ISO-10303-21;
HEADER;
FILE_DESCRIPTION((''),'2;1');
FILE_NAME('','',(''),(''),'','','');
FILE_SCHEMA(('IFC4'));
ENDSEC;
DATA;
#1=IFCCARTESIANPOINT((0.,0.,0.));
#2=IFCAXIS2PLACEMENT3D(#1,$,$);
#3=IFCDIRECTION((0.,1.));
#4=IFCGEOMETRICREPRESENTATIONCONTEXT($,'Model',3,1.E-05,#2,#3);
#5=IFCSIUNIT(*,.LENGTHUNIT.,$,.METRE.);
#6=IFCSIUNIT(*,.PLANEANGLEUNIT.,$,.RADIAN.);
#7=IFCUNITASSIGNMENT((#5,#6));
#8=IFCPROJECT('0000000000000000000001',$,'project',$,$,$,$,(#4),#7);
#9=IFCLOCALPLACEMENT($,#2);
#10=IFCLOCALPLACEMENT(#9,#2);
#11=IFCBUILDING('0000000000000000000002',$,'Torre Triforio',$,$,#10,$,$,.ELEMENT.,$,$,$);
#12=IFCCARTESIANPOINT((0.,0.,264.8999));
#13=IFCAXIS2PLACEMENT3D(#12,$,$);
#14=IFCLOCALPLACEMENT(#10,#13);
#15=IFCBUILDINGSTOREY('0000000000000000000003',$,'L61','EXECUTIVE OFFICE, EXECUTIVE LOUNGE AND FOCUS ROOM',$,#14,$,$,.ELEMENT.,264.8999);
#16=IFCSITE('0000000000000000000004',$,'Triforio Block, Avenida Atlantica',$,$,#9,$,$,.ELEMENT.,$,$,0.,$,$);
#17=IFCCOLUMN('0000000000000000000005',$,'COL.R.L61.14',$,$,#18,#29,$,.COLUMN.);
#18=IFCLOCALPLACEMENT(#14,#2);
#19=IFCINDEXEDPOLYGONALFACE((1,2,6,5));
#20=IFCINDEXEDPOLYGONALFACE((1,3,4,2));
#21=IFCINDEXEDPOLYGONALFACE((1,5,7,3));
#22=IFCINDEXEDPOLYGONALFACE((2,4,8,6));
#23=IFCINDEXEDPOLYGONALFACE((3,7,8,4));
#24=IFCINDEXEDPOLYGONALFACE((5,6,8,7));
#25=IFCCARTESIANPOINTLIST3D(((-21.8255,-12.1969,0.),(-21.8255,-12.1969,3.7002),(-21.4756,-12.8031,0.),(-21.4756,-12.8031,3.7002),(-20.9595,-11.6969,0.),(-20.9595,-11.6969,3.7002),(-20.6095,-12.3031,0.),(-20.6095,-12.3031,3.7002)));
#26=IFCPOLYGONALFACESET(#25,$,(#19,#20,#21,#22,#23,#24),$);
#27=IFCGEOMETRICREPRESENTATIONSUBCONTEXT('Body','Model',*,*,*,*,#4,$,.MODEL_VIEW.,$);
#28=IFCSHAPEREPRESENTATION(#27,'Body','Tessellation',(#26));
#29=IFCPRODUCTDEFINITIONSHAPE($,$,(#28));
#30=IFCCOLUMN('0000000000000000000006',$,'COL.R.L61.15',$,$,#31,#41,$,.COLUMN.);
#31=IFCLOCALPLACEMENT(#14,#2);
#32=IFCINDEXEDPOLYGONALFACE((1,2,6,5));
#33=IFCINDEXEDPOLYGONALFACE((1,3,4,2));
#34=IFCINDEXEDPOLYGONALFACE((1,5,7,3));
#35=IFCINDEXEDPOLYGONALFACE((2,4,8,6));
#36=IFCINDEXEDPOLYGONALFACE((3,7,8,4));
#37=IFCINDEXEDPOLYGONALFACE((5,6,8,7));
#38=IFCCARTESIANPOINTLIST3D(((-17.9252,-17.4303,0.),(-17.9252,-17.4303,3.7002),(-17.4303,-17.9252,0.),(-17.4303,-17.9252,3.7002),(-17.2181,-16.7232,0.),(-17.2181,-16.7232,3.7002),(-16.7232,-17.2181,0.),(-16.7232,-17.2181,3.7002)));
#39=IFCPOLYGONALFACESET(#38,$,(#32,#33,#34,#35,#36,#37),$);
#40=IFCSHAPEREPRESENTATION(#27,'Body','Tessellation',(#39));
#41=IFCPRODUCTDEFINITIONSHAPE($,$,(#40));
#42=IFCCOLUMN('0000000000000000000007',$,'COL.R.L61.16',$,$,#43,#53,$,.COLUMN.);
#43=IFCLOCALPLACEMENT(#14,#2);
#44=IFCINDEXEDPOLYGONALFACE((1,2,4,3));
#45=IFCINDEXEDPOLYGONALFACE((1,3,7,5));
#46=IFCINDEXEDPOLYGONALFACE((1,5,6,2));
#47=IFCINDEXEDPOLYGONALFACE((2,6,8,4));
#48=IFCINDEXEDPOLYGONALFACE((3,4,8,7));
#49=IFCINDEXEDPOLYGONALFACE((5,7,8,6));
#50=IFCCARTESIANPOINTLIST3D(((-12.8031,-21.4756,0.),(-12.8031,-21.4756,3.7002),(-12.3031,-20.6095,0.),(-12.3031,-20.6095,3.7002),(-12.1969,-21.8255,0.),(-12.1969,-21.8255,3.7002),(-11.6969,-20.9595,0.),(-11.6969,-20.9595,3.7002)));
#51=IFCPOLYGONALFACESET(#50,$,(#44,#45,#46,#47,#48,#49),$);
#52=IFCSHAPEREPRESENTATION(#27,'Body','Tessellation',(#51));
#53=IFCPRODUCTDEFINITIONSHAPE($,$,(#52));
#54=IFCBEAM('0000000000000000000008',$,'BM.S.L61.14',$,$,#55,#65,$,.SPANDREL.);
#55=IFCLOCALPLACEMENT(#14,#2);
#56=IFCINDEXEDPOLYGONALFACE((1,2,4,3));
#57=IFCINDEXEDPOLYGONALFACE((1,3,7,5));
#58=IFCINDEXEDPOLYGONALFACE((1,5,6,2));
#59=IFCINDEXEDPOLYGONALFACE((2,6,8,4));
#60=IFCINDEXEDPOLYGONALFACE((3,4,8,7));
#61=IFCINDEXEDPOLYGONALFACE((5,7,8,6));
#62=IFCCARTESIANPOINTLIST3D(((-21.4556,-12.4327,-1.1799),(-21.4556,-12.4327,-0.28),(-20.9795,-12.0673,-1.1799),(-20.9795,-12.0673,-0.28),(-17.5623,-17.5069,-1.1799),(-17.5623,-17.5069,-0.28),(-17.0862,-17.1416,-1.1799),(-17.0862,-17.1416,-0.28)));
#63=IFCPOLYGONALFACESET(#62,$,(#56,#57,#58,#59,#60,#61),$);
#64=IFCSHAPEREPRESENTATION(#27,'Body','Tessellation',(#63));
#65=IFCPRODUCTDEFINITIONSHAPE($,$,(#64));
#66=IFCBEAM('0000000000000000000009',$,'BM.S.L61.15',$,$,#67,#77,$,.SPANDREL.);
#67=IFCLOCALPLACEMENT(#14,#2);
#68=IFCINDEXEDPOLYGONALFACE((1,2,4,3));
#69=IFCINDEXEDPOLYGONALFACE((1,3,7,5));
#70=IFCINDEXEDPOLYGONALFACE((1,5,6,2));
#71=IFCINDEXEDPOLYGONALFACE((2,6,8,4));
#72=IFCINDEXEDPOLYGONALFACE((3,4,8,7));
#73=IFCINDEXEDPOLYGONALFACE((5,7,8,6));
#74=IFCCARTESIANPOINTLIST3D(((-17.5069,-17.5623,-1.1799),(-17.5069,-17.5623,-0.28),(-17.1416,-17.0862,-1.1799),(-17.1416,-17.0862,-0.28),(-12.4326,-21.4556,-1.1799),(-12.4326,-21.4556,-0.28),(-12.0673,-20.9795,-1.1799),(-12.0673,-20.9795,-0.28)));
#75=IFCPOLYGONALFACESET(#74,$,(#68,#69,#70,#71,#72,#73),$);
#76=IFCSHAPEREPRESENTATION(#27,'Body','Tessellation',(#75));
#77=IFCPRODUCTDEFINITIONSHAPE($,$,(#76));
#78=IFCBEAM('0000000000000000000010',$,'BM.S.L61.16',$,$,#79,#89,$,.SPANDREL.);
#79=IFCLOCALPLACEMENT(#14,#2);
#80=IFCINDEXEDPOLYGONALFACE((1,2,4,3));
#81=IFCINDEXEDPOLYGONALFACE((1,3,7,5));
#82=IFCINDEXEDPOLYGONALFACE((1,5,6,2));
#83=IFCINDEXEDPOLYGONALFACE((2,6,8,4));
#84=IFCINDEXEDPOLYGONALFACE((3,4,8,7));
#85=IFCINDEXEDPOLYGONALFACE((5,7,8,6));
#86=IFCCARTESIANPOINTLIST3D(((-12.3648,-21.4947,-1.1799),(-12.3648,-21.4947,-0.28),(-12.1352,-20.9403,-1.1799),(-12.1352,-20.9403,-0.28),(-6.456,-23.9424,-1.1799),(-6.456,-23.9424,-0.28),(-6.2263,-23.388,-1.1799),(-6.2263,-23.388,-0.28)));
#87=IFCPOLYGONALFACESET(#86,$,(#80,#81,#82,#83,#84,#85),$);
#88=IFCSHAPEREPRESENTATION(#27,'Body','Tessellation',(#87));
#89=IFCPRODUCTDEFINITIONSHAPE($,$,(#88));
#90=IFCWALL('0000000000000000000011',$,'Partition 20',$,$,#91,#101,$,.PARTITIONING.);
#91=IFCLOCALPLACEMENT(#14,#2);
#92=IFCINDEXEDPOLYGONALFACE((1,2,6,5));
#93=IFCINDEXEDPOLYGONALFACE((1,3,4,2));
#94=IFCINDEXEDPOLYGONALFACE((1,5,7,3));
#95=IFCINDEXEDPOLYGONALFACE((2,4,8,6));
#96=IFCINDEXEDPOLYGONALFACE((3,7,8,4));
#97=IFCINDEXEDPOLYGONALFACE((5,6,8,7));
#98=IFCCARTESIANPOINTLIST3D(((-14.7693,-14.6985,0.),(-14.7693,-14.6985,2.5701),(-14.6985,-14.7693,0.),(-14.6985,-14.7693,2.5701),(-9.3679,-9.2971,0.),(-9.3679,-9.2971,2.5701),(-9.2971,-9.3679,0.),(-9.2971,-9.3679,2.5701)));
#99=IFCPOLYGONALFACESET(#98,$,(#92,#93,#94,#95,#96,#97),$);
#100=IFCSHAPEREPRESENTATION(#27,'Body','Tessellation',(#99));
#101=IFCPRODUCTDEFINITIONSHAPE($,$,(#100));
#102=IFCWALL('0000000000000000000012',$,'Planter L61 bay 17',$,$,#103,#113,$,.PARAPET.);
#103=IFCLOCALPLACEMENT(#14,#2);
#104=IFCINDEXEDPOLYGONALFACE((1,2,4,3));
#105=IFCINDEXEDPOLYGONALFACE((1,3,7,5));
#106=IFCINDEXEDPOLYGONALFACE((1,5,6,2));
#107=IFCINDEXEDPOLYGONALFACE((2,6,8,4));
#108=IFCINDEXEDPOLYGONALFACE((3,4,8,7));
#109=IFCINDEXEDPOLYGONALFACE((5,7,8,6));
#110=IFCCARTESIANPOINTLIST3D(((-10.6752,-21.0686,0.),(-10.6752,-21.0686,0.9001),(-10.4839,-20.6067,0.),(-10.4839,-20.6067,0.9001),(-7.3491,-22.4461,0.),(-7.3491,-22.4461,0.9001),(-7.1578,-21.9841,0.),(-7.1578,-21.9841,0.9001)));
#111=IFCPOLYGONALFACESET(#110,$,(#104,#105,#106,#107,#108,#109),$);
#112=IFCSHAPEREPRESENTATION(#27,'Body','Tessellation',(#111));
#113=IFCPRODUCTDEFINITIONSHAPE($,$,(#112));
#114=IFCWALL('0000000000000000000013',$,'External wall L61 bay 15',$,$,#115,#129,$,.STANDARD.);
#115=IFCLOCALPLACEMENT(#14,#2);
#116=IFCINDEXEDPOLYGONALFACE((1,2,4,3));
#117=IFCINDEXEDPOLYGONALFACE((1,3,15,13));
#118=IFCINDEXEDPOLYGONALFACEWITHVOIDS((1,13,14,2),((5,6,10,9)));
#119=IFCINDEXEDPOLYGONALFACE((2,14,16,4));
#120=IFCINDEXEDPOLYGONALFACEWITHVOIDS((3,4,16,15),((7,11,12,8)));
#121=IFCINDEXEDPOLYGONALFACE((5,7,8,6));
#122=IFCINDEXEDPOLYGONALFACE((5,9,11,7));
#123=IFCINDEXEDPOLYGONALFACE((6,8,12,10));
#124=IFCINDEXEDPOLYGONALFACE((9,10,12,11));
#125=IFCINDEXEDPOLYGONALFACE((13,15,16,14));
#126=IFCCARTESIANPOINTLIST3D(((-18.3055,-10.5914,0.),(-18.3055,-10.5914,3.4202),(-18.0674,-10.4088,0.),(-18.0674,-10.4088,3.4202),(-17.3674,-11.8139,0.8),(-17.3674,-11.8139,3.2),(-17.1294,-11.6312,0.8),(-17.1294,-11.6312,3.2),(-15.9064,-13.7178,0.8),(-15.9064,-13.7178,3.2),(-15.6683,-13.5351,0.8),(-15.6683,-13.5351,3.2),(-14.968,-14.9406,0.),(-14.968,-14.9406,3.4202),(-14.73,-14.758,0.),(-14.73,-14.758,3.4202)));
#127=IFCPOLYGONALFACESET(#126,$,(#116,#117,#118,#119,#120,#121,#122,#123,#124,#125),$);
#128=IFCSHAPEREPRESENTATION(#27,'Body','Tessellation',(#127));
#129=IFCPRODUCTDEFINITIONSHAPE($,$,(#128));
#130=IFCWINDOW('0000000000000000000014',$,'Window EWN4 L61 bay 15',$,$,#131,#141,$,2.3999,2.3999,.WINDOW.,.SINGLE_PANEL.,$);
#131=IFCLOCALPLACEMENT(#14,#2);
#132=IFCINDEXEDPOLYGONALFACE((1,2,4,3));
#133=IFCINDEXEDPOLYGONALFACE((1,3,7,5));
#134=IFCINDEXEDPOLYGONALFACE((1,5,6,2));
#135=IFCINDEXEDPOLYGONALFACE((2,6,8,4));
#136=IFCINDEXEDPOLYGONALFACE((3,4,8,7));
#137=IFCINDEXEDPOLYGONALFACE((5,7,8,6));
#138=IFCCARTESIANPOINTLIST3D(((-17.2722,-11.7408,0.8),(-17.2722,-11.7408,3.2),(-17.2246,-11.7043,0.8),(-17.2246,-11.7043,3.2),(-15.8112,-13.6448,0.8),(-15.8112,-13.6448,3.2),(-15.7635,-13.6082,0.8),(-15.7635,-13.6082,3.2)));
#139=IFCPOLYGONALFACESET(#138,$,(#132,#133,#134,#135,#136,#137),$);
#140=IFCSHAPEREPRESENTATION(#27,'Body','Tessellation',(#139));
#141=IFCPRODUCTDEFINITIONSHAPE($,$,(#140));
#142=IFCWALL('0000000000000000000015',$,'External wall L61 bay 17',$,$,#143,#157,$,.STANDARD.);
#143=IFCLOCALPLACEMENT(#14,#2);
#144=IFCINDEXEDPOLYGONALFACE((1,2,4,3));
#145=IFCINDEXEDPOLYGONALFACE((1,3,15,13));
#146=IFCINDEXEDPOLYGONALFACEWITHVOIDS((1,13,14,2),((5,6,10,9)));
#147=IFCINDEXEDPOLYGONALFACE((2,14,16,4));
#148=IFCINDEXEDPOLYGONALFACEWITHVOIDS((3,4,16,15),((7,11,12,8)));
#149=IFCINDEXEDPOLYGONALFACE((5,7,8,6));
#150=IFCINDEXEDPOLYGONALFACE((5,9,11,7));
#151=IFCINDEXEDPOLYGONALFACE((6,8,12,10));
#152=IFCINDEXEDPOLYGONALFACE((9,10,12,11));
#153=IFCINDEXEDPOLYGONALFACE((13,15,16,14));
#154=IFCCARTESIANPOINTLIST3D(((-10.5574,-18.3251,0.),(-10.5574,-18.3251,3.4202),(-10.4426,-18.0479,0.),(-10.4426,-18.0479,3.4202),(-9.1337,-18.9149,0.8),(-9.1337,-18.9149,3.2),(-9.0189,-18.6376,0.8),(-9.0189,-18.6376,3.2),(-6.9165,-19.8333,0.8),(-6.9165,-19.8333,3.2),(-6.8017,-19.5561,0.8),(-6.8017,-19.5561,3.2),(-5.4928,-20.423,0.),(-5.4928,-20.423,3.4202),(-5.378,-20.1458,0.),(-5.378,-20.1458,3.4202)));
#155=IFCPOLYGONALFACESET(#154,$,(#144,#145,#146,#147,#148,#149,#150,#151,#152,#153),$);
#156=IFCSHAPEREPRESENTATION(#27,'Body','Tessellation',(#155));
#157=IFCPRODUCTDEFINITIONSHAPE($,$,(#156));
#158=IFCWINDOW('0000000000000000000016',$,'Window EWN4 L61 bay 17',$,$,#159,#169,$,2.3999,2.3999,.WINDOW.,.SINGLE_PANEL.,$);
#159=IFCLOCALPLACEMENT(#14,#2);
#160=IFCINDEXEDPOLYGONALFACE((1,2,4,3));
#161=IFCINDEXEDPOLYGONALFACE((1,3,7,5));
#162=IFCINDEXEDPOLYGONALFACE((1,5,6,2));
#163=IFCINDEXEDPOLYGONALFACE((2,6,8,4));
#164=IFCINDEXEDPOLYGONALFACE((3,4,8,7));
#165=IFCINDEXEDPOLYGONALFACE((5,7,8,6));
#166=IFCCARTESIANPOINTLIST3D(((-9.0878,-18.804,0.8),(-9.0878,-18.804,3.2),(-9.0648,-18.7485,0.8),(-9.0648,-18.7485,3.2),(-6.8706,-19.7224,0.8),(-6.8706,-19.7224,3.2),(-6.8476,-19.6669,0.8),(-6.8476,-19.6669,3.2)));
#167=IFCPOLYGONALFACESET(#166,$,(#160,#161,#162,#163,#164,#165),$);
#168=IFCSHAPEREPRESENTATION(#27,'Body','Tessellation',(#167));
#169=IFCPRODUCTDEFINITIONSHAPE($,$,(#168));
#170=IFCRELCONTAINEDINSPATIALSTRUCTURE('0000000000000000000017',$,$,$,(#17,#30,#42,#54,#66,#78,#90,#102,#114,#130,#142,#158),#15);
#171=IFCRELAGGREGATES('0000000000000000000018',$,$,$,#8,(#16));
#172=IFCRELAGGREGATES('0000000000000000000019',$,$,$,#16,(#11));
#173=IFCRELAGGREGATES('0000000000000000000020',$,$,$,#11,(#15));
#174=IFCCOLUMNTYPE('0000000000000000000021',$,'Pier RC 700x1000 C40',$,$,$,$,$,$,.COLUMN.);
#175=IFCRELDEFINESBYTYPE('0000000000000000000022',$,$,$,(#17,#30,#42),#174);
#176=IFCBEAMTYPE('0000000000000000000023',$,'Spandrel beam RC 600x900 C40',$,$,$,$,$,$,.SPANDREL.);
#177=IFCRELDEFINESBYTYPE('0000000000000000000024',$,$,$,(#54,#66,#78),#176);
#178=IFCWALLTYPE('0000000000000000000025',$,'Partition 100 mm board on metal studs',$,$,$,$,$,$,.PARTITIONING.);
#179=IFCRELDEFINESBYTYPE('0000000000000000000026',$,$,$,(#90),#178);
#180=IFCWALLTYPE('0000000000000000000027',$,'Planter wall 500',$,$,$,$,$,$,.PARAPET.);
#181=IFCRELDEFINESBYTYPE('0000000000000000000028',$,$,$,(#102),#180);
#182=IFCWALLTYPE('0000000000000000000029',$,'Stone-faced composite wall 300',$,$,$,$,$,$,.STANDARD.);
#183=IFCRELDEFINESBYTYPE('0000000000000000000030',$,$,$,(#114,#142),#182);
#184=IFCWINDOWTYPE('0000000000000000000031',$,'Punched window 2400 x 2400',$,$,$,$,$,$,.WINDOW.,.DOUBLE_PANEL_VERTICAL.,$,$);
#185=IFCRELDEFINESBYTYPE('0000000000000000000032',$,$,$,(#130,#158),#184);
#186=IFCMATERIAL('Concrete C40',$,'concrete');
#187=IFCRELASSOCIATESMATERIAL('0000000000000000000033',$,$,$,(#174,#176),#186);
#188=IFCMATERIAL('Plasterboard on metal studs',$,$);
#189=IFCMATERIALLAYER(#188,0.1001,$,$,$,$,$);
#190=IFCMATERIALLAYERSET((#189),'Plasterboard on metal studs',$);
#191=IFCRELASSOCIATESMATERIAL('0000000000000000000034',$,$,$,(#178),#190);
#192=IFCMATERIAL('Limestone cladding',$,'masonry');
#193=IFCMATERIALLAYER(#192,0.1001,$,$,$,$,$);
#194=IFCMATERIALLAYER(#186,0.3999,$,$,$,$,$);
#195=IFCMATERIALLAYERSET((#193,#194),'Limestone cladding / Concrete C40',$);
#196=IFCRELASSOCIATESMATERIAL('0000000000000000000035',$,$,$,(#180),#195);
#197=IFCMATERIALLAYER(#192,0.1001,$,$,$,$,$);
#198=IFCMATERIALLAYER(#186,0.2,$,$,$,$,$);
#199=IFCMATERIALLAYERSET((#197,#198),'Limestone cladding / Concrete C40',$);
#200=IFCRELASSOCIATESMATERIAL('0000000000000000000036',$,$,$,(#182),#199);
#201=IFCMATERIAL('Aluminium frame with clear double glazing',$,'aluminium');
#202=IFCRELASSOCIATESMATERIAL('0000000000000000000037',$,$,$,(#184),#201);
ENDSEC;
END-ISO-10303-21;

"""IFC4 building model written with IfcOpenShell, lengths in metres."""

from ifc_helpers import new_model, si_unit, direction, frame, frame_2d, origin, origin_2d, place, context, subcontext, project, spatial, rectangle, extrude, material, layer, layer_set, material_profile, profile_set, type_object, element, fill, save


model = new_model("IFC4")

# Units and contexts
model_context = context("Model", 3, precision=1e-05, world=origin(), true_north=direction((0.0, 1.0)))
body_context = subcontext(model_context, "Body", "Model", "MODEL_VIEW")
ifc_project = project(units=[si_unit("LENGTHUNIT", "METRE"), si_unit("PLANEANGLEUNIT", "RADIAN")], contexts=[model_context])

# Site, building, storey
site_placement = place(None, origin())
site = spatial("IfcSite", under=ifc_project, at=site_placement, Name="Triforio Block, Avenida Atlantica", CompositionType="ELEMENT", RefElevation=0.0)
building_placement = place(site_placement, origin())
building = spatial("IfcBuilding", under=site, at=building_placement, Name="Torre Triforio", CompositionType="ELEMENT")
storey_placement = place(building_placement, frame((0.0, 0.0, 264.8999)))
storey = spatial("IfcBuildingStorey", under=building, at=storey_placement, Name="L61", Description="EXECUTIVE OFFICE, EXECUTIVE LOUNGE AND FOCUS ROOM", CompositionType="ELEMENT", Elevation=264.8999)

# Columns
ifc_material_1 = material(Name="Concrete C40", Category="concrete")
ifc_material_profile_1 = material_profile(ifc_material_1, rectangle(XDim=0.7, YDim=1.0, at=origin_2d()), Name="RC 700x1000")
ifc_profile_set_1 = profile_set([ifc_material_profile_1], Name="Concrete C40")
column_type = type_object("IfcColumnType", Name="Pier RC 700x1000 C40", PredefinedType="COLUMN", material=ifc_profile_set_1)
for number, where, z_axis, x_axis, name in (
    (1, (-21.2175, -12.25, 0.0), (0.0, 0.0, 1.0), (0.5, -0.866025, 0.0), "COL.R.L61.14"),
    (2, (-17.3242, -17.3242, 0.0), (0.0, 0.0, 1.0), (0.707107, -0.707107, 0.0), "COL.R.L61.15"),
    (3, (-12.25, -21.2175, 0.0), (0.0, 0.0, 1.0), (0.866025, -0.5, 0.0), "COL.R.L61.16"),
):
    element("IfcColumn", number, at=place(storey_placement, frame(where, z_axis=z_axis, x_axis=x_axis)), inside=storey, type_object=column_type, Name=name, PredefinedType="COLUMN", context=body_context, shape_type="SweptSolid", body=[
        extrude(rectangle(XDim=0.7, YDim=1.0, at=origin_2d()), origin(), (0.0, 0.0, 1.0), 3.7002),
    ])

# Beams
ifc_material_profile_2 = material_profile(ifc_material_1, rectangle(XDim=0.6001, YDim=0.8999, at=origin_2d()), Name="RC 600x900")
ifc_profile_set_2 = profile_set([ifc_material_profile_2], Name="Concrete C40")
beam_type = type_object("IfcBeamType", Name="Spandrel beam RC 600x900 C40", PredefinedType="SPANDREL", material=ifc_profile_set_2)
for number, where, z_axis, x_axis, name in (
    (4, (-21.2175, -12.25, -0.73), (0.608734, -0.793374, 0.0), (0.793374, 0.608734, 0.0), "BM.S.L61.14"),
    (5, (-17.3242, -17.3242, -0.73), (0.793374, -0.608734, 0.0), (0.608734, 0.793374, 0.0), "BM.S.L61.15"),
    (6, (-12.25, -21.2175, -0.73), (0.923869, -0.382709, 0.0), (0.382709, 0.923869, 0.0), "BM.S.L61.16"),
):
    element("IfcBeam", number, at=place(storey_placement, frame(where, z_axis=z_axis, x_axis=x_axis)), inside=storey, type_object=beam_type, Name=name, PredefinedType="SPANDREL", context=body_context, shape_type="SweptSolid", body=[
        extrude(rectangle(XDim=0.6001, YDim=0.8999, at=origin_2d()), origin(), (0.0, 0.0, 1.0), 6.3958),
    ])

# Walls
ifc_material_2 = material(Name="Plasterboard on metal studs")
ifc_layer_1 = layer(ifc_material_2, 0.1001)
ifc_layer_set_1 = layer_set([ifc_layer_1], Name="Plasterboard on metal studs")
wall_type_1 = type_object("IfcWallType", Name="Partition 100 mm board on metal studs", PredefinedType="PARTITIONING", material=ifc_layer_set_1)
wall_1_placement = place(storey_placement, frame((-9.3325, -9.3325, 0.0), z_axis=(0.0, 0.0, 1.0), x_axis=(-0.707107, -0.707107, 0.0)))
element("IfcWall", 7, at=wall_1_placement, inside=storey, type_object=wall_type_1, Name="Partition 20", PredefinedType="PARTITIONING", context=body_context, shape_type="SweptSolid", body=[
    extrude(rectangle(XDim=7.6387, YDim=0.1001, at=frame_2d((3.8193, 0.0))), origin(), (0.0, 0.0, 1.0), 2.5701),
])
ifc_material_3 = material(Name="Limestone cladding", Category="masonry")
ifc_layer_2 = layer(ifc_material_3, 0.1001)
ifc_layer_3 = layer(ifc_material_1, 0.3999)
ifc_layer_set_2 = layer_set([ifc_layer_2, ifc_layer_3], Name="Limestone cladding / Concrete C40")
wall_type_2 = type_object("IfcWallType", Name="Planter wall 500", PredefinedType="PARAPET", material=ifc_layer_set_2)
wall_2_placement = place(storey_placement, frame((-10.5796, -20.8376, 0.0), z_axis=(0.0, 0.0, 1.0), x_axis=(0.923909, -0.382611, 0.0)))
element("IfcWall", 8, at=wall_2_placement, inside=storey, type_object=wall_type_2, Name="Planter L61 bay 17", PredefinedType="PARAPET", context=body_context, shape_type="SweptSolid", body=[
    extrude(rectangle(XDim=3.6001, YDim=0.5, at=frame_2d((1.8, 0.0))), origin(), (0.0, 0.0, 1.0), 0.9001),
])

# Wall, opening, window
ifc_layer_4 = layer(ifc_material_3, 0.1001)
ifc_layer_5 = layer(ifc_material_1, 0.2)
ifc_layer_set_3 = layer_set([ifc_layer_4, ifc_layer_5], Name="Limestone cladding / Concrete C40")
wall_type_3 = type_object("IfcWallType", Name="Stone-faced composite wall 300", PredefinedType="STANDARD", material=ifc_layer_set_3)
wall_3_placement = place(storey_placement, frame((-18.1865, -10.5, 0.0), z_axis=(0.0, 0.0, 1.0), x_axis=(0.608785, -0.793335, 0.0)))
wall_3 = element("IfcWall", 9, at=wall_3_placement, inside=storey, type_object=wall_type_3, Name="External wall L61 bay 15", PredefinedType="STANDARD", context=body_context, shape_type="SweptSolid", body=[
    extrude(rectangle(XDim=5.4822, YDim=0.3, at=frame_2d((2.7412, 0.0))), origin(), (0.0, 0.0, 1.0), 3.4202),
])
opening_1_placement = place(wall_3_placement, frame((1.541, 0.0, 0.8)))
opening_1 = element("IfcOpeningElement", 10, at=opening_1_placement, cuts=wall_3, PredefinedType="OPENING", context=body_context, shape_type="SweptSolid", body=[
    extrude(rectangle(XDim=2.3999, YDim=2.3999, at=frame_2d((1.2, 1.2))), frame((0.0, 0.1599, 0.0), z_axis=(0.0, -1.0, 0.0), x_axis=(1.0, 0.0, 0.0)), (0.0, 0.0, 1.0), 0.3201),
])
ifc_material_4 = material(Name="Aluminium frame with clear double glazing", Category="aluminium")
window_type_1 = type_object("IfcWindowType", Name="Punched window 2400 x 2400", PartitioningType="DOUBLE_PANEL_VERTICAL", PredefinedType="WINDOW", material=ifc_material_4)
window_1_placement = place(opening_1_placement, origin())
window_1 = element("IfcWindow", 11, at=window_1_placement, inside=storey, type_object=window_type_1, Name="Window EWN4 L61 bay 15", OverallHeight=2.3999, OverallWidth=2.3999, PartitioningType="SINGLE_PANEL", PredefinedType="WINDOW", context=body_context, shape_type="SweptSolid", body=[
    extrude(rectangle(XDim=2.3999, YDim=2.3999, at=frame_2d((1.2, 1.2))), frame((0.0, 0.03, 0.0), z_axis=(0.0, -1.0, 0.0), x_axis=(1.0, 0.0, 0.0)), (0.0, 0.0, 1.0), 0.0601),
])
fill(opening_1, window_1)

# Wall, opening, window
wall_4_placement = place(storey_placement, frame((-10.5, -18.1865, 0.0), z_axis=(0.0, 0.0, 1.0), x_axis=(0.923877, -0.382689, 0.0)))
wall_4 = element("IfcWall", 12, at=wall_4_placement, inside=storey, type_object=wall_type_3, Name="External wall L61 bay 17", PredefinedType="STANDARD", context=body_context, shape_type="SweptSolid", body=[
    extrude(rectangle(XDim=5.4819, YDim=0.3, at=frame_2d((2.741, 0.0))), origin(), (0.0, 0.0, 1.0), 3.4202),
])
opening_2_placement = place(wall_4_placement, frame((1.541, 0.0, 0.8)))
opening_2 = element("IfcOpeningElement", 13, at=opening_2_placement, cuts=wall_4, PredefinedType="OPENING", context=body_context, shape_type="SweptSolid", body=[
    extrude(rectangle(XDim=2.3999, YDim=2.3999, at=frame_2d((1.2, 1.2))), frame((0.0, 0.1599, 0.0), z_axis=(0.0, -1.0, 0.0), x_axis=(1.0, 0.0, 0.0)), (0.0, 0.0, 1.0), 0.3201),
])
window_2_placement = place(opening_2_placement, origin())
window_2 = element("IfcWindow", 14, at=window_2_placement, inside=storey, type_object=window_type_1, Name="Window EWN4 L61 bay 17", OverallHeight=2.3999, OverallWidth=2.3999, PartitioningType="SINGLE_PANEL", PredefinedType="WINDOW", context=body_context, shape_type="SweptSolid", body=[
    extrude(rectangle(XDim=2.3999, YDim=2.3999, at=frame_2d((1.2, 1.2))), frame((0.0, 0.03, 0.0), z_axis=(0.0, -1.0, 0.0), x_axis=(1.0, 0.0, 0.0)), (0.0, 0.0, 1.0), 0.0601),
])
fill(opening_2, window_2)

save(model, "model.ifc")
